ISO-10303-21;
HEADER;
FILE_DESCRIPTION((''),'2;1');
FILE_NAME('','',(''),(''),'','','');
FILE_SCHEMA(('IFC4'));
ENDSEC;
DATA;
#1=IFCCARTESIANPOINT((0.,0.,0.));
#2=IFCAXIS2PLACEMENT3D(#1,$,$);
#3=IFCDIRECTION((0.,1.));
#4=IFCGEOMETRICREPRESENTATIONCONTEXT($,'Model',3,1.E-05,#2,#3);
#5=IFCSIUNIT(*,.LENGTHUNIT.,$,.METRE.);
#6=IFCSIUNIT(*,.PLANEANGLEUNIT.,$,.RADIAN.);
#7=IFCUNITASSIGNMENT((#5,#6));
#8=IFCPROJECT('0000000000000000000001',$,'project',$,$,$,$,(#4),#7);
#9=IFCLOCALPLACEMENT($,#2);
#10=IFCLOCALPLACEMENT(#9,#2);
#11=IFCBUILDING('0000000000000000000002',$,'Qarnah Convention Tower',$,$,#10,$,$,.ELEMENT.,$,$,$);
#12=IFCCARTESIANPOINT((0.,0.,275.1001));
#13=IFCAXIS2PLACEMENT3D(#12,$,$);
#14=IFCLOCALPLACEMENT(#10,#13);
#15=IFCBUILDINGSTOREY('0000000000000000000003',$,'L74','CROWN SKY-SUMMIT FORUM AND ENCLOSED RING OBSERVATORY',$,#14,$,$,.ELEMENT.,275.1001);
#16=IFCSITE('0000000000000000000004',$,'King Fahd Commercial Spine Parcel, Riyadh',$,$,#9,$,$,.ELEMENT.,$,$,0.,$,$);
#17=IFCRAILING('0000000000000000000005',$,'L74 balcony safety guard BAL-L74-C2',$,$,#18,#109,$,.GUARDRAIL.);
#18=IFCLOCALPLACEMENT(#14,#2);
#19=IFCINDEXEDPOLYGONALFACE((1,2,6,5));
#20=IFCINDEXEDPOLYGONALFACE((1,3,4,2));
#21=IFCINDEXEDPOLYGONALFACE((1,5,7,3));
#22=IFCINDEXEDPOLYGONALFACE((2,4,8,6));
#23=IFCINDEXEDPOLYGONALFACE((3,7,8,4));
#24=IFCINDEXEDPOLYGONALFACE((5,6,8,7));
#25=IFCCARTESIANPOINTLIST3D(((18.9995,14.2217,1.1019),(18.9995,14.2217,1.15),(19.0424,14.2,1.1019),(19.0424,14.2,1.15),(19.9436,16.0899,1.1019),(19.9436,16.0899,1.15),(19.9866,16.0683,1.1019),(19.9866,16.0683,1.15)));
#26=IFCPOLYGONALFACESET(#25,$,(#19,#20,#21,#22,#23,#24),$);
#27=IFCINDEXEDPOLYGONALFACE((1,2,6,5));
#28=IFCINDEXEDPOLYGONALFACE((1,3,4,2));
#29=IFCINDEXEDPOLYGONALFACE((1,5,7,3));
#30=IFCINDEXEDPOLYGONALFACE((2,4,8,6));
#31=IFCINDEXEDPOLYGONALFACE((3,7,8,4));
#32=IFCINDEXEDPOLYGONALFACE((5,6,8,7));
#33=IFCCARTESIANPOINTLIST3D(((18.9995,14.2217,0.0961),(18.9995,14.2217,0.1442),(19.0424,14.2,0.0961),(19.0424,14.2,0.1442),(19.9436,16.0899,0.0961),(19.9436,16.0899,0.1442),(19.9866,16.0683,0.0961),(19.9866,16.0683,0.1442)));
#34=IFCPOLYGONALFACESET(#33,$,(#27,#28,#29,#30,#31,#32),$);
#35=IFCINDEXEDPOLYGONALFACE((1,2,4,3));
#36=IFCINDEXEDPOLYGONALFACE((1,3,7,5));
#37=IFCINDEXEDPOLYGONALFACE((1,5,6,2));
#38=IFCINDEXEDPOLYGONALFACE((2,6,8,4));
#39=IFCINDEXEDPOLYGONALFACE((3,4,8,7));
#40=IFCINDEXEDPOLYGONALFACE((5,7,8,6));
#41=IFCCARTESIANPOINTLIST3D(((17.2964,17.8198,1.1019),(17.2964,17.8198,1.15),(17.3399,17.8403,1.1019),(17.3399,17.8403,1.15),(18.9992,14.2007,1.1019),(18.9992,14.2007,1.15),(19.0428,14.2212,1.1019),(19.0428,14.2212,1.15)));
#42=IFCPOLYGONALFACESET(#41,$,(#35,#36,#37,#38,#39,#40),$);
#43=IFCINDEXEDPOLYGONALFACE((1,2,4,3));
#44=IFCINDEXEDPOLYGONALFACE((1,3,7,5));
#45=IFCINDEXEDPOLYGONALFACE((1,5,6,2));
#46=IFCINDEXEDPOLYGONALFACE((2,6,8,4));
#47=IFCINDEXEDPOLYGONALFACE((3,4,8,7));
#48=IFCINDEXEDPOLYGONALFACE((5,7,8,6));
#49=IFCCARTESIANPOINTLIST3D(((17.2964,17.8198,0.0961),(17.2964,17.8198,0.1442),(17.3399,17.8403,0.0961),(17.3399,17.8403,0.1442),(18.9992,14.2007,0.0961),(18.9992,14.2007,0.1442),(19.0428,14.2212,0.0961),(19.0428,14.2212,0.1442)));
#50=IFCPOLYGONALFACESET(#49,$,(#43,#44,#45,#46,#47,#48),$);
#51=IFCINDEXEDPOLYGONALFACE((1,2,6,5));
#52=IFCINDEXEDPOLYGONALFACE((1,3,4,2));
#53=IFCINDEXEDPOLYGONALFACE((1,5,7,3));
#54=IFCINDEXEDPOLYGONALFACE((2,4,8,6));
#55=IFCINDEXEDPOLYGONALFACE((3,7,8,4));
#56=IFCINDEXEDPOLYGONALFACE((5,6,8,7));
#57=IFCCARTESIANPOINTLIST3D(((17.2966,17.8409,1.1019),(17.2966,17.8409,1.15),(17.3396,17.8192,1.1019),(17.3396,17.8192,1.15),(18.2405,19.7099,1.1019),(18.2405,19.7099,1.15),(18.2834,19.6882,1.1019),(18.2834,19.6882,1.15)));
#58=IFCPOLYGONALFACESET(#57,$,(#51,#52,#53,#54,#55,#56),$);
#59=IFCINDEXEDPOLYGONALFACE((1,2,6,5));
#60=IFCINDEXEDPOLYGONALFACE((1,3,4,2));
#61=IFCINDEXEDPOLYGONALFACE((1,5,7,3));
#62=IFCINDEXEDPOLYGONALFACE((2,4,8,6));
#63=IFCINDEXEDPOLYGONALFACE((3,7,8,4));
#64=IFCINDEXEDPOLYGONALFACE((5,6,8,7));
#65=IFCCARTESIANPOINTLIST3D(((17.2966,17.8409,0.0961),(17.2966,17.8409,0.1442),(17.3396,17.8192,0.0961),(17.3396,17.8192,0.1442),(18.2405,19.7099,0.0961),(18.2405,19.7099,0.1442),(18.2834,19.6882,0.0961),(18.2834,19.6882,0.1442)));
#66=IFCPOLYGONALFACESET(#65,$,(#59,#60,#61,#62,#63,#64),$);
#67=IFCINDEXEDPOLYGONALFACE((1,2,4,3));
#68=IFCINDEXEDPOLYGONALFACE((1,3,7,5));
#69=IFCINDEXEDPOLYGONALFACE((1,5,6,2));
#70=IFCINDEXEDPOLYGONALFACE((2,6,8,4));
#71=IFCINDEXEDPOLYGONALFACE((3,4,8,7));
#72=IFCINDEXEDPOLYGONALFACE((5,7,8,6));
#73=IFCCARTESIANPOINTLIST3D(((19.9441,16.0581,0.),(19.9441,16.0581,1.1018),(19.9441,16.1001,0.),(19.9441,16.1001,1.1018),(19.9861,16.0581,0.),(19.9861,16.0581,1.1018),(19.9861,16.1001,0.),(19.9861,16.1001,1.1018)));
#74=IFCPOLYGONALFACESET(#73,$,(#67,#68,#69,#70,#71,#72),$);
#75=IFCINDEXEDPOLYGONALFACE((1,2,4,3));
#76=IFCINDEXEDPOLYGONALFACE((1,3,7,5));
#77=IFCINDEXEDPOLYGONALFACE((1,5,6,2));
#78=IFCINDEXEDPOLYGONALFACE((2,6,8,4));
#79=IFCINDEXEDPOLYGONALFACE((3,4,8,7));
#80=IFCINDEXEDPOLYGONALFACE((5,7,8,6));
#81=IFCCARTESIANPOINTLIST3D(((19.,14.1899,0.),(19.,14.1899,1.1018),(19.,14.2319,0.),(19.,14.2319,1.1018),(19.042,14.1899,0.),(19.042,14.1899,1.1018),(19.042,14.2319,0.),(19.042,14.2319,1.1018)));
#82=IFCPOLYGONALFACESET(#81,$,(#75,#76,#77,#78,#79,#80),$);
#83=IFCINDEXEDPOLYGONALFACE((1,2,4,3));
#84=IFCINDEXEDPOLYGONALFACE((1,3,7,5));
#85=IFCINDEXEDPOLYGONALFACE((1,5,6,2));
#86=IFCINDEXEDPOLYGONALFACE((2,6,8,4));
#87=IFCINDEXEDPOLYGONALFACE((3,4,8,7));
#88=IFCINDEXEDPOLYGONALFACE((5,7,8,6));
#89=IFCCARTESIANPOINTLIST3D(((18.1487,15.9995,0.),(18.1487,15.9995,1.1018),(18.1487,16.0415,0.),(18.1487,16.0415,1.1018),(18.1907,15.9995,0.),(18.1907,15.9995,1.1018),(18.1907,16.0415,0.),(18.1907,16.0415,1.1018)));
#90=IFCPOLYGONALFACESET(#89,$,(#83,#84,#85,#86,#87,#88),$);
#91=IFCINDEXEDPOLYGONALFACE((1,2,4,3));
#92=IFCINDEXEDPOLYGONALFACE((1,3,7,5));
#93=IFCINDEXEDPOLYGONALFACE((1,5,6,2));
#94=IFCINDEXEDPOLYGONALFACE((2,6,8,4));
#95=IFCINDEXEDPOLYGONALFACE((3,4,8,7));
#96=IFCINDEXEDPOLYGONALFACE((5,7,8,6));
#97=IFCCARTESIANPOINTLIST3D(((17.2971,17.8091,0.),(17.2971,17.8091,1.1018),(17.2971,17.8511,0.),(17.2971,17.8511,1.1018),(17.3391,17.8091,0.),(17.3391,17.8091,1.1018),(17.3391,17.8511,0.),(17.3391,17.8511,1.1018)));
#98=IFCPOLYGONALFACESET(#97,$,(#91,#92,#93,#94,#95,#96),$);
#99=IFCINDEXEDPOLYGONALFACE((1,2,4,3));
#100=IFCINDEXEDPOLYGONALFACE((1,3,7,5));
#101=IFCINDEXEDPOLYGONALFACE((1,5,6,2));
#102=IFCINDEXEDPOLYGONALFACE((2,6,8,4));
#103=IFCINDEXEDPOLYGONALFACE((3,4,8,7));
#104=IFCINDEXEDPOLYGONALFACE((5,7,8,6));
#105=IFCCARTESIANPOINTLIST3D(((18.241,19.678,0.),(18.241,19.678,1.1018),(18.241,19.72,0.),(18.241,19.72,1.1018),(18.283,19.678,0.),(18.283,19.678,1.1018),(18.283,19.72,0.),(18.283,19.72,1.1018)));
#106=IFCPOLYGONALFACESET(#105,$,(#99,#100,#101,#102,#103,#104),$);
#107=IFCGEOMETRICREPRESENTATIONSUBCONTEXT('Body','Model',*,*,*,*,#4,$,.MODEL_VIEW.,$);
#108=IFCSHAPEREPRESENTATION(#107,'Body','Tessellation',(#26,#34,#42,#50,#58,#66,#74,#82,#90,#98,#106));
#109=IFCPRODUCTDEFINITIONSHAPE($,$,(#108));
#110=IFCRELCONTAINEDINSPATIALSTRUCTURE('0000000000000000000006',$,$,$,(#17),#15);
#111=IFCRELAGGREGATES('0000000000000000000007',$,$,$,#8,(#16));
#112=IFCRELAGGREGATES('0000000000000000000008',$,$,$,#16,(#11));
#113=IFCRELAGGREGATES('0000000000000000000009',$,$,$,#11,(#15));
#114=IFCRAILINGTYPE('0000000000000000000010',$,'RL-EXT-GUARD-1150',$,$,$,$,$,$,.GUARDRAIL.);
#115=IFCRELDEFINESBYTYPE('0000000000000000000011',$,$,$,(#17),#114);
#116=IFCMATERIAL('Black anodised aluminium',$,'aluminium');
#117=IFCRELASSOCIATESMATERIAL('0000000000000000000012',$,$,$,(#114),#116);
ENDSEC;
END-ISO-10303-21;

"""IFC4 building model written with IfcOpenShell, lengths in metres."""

from ifc_helpers import new_model, si_unit, direction, frame, origin, origin_2d, place, context, subcontext, project, spatial, rectangle, extrude, material, type_object, element, save


model = new_model("IFC4")

# Units and contexts
model_context = context("Model", 3, precision=1e-05, world=origin(), true_north=direction((0.0, 1.0)))
body_context = subcontext(model_context, "Body", "Model", "MODEL_VIEW")
ifc_project = project(units=[si_unit("LENGTHUNIT", "METRE"), si_unit("PLANEANGLEUNIT", "RADIAN")], contexts=[model_context])

# Site, building, storey
site_placement = place(None, origin())
site = spatial("IfcSite", under=ifc_project, at=site_placement, Name="King Fahd Commercial Spine Parcel, Riyadh", CompositionType="ELEMENT", RefElevation=0.0)
building_placement = place(site_placement, origin())
building = spatial("IfcBuilding", under=site, at=building_placement, Name="Qarnah Convention Tower", CompositionType="ELEMENT")
storey_placement = place(building_placement, frame((0.0, 0.0, 275.1001)))
storey = spatial("IfcBuildingStorey", under=building, at=storey_placement, Name="L74", Description="CROWN SKY-SUMMIT FORUM AND ENCLOSED RING OBSERVATORY", CompositionType="ELEMENT", Elevation=275.1001)

# Shared definitions
ifc_material_1 = material(Name="Black anodised aluminium", Category="aluminium")

# Railing
railing_type = type_object("IfcRailingType", Name="RL-EXT-GUARD-1150", PredefinedType="GUARDRAIL", material=ifc_material_1)
railing_1_placement = place(storey_placement, frame((19.9651, 16.0791, 0.0)))
element("IfcRailing", 1, at=railing_1_placement, inside=storey, type_object=railing_type, Name="L74 balcony safety guard BAL-L74-C2", PredefinedType="GUARDRAIL", context=body_context, shape_type="SweptSolid", body=[
    extrude(rectangle(XDim=0.0481, YDim=0.0481, at=origin_2d()), frame((0.0, 0.0, 1.126), z_axis=(-0.451035, -0.892506, 0.0), x_axis=(0.892506, -0.451035, 0.0)), (0.0, 0.0, 1.0), 2.0933),
    extrude(rectangle(XDim=0.0481, YDim=0.0481, at=origin_2d()), frame((0.0, 0.0, 0.1201), z_axis=(-0.451035, -0.892506, 0.0), x_axis=(0.892506, -0.451035, 0.0)), (0.0, 0.0, 1.0), 2.0933),
    extrude(rectangle(XDim=0.0481, YDim=0.0481, at=origin_2d()), frame((-0.9441, -1.8682, 1.126), z_axis=(-0.425747, 0.904842, 0.0), x_axis=(-0.904842, -0.425747, 0.0)), (0.0, 0.0, 1.0), 3.9998),
    extrude(rectangle(XDim=0.0481, YDim=0.0481, at=origin_2d()), frame((-0.9441, -1.8682, 0.1201), z_axis=(-0.425747, 0.904842, 0.0), x_axis=(-0.904842, -0.425747, 0.0)), (0.0, 0.0, 1.0), 3.9998),
    extrude(rectangle(XDim=0.0481, YDim=0.0481, at=origin_2d()), frame((-2.647, 1.751, 1.126), z_axis=(0.450801, 0.892624, 0.0), x_axis=(-0.892624, 0.450801, 0.0)), (0.0, 0.0, 1.0), 2.0938),
    extrude(rectangle(XDim=0.0481, YDim=0.0481, at=origin_2d()), frame((-2.647, 1.751, 0.1201), z_axis=(0.450801, 0.892624, 0.0), x_axis=(-0.892624, 0.450801, 0.0)), (0.0, 0.0, 1.0), 2.0938),
    extrude(rectangle(XDim=0.042, YDim=0.042, at=origin_2d()), origin(), (0.0, 0.0, 1.0), 1.1018),
    extrude(rectangle(XDim=0.042, YDim=0.042, at=origin_2d()), frame((-0.9441, -1.8682, 0.0)), (0.0, 0.0, 1.0), 1.1018),
    extrude(rectangle(XDim=0.042, YDim=0.042, at=origin_2d()), frame((-1.7954, -0.0586, 0.0)), (0.0, 0.0, 1.0), 1.1018),
    extrude(rectangle(XDim=0.042, YDim=0.042, at=origin_2d()), frame((-2.647, 1.751, 0.0)), (0.0, 0.0, 1.0), 1.1018),
    extrude(rectangle(XDim=0.042, YDim=0.042, at=origin_2d()), frame((-1.7031, 3.6199, 0.0)), (0.0, 0.0, 1.0), 1.1018),
])

save(model, "model.ifc")
